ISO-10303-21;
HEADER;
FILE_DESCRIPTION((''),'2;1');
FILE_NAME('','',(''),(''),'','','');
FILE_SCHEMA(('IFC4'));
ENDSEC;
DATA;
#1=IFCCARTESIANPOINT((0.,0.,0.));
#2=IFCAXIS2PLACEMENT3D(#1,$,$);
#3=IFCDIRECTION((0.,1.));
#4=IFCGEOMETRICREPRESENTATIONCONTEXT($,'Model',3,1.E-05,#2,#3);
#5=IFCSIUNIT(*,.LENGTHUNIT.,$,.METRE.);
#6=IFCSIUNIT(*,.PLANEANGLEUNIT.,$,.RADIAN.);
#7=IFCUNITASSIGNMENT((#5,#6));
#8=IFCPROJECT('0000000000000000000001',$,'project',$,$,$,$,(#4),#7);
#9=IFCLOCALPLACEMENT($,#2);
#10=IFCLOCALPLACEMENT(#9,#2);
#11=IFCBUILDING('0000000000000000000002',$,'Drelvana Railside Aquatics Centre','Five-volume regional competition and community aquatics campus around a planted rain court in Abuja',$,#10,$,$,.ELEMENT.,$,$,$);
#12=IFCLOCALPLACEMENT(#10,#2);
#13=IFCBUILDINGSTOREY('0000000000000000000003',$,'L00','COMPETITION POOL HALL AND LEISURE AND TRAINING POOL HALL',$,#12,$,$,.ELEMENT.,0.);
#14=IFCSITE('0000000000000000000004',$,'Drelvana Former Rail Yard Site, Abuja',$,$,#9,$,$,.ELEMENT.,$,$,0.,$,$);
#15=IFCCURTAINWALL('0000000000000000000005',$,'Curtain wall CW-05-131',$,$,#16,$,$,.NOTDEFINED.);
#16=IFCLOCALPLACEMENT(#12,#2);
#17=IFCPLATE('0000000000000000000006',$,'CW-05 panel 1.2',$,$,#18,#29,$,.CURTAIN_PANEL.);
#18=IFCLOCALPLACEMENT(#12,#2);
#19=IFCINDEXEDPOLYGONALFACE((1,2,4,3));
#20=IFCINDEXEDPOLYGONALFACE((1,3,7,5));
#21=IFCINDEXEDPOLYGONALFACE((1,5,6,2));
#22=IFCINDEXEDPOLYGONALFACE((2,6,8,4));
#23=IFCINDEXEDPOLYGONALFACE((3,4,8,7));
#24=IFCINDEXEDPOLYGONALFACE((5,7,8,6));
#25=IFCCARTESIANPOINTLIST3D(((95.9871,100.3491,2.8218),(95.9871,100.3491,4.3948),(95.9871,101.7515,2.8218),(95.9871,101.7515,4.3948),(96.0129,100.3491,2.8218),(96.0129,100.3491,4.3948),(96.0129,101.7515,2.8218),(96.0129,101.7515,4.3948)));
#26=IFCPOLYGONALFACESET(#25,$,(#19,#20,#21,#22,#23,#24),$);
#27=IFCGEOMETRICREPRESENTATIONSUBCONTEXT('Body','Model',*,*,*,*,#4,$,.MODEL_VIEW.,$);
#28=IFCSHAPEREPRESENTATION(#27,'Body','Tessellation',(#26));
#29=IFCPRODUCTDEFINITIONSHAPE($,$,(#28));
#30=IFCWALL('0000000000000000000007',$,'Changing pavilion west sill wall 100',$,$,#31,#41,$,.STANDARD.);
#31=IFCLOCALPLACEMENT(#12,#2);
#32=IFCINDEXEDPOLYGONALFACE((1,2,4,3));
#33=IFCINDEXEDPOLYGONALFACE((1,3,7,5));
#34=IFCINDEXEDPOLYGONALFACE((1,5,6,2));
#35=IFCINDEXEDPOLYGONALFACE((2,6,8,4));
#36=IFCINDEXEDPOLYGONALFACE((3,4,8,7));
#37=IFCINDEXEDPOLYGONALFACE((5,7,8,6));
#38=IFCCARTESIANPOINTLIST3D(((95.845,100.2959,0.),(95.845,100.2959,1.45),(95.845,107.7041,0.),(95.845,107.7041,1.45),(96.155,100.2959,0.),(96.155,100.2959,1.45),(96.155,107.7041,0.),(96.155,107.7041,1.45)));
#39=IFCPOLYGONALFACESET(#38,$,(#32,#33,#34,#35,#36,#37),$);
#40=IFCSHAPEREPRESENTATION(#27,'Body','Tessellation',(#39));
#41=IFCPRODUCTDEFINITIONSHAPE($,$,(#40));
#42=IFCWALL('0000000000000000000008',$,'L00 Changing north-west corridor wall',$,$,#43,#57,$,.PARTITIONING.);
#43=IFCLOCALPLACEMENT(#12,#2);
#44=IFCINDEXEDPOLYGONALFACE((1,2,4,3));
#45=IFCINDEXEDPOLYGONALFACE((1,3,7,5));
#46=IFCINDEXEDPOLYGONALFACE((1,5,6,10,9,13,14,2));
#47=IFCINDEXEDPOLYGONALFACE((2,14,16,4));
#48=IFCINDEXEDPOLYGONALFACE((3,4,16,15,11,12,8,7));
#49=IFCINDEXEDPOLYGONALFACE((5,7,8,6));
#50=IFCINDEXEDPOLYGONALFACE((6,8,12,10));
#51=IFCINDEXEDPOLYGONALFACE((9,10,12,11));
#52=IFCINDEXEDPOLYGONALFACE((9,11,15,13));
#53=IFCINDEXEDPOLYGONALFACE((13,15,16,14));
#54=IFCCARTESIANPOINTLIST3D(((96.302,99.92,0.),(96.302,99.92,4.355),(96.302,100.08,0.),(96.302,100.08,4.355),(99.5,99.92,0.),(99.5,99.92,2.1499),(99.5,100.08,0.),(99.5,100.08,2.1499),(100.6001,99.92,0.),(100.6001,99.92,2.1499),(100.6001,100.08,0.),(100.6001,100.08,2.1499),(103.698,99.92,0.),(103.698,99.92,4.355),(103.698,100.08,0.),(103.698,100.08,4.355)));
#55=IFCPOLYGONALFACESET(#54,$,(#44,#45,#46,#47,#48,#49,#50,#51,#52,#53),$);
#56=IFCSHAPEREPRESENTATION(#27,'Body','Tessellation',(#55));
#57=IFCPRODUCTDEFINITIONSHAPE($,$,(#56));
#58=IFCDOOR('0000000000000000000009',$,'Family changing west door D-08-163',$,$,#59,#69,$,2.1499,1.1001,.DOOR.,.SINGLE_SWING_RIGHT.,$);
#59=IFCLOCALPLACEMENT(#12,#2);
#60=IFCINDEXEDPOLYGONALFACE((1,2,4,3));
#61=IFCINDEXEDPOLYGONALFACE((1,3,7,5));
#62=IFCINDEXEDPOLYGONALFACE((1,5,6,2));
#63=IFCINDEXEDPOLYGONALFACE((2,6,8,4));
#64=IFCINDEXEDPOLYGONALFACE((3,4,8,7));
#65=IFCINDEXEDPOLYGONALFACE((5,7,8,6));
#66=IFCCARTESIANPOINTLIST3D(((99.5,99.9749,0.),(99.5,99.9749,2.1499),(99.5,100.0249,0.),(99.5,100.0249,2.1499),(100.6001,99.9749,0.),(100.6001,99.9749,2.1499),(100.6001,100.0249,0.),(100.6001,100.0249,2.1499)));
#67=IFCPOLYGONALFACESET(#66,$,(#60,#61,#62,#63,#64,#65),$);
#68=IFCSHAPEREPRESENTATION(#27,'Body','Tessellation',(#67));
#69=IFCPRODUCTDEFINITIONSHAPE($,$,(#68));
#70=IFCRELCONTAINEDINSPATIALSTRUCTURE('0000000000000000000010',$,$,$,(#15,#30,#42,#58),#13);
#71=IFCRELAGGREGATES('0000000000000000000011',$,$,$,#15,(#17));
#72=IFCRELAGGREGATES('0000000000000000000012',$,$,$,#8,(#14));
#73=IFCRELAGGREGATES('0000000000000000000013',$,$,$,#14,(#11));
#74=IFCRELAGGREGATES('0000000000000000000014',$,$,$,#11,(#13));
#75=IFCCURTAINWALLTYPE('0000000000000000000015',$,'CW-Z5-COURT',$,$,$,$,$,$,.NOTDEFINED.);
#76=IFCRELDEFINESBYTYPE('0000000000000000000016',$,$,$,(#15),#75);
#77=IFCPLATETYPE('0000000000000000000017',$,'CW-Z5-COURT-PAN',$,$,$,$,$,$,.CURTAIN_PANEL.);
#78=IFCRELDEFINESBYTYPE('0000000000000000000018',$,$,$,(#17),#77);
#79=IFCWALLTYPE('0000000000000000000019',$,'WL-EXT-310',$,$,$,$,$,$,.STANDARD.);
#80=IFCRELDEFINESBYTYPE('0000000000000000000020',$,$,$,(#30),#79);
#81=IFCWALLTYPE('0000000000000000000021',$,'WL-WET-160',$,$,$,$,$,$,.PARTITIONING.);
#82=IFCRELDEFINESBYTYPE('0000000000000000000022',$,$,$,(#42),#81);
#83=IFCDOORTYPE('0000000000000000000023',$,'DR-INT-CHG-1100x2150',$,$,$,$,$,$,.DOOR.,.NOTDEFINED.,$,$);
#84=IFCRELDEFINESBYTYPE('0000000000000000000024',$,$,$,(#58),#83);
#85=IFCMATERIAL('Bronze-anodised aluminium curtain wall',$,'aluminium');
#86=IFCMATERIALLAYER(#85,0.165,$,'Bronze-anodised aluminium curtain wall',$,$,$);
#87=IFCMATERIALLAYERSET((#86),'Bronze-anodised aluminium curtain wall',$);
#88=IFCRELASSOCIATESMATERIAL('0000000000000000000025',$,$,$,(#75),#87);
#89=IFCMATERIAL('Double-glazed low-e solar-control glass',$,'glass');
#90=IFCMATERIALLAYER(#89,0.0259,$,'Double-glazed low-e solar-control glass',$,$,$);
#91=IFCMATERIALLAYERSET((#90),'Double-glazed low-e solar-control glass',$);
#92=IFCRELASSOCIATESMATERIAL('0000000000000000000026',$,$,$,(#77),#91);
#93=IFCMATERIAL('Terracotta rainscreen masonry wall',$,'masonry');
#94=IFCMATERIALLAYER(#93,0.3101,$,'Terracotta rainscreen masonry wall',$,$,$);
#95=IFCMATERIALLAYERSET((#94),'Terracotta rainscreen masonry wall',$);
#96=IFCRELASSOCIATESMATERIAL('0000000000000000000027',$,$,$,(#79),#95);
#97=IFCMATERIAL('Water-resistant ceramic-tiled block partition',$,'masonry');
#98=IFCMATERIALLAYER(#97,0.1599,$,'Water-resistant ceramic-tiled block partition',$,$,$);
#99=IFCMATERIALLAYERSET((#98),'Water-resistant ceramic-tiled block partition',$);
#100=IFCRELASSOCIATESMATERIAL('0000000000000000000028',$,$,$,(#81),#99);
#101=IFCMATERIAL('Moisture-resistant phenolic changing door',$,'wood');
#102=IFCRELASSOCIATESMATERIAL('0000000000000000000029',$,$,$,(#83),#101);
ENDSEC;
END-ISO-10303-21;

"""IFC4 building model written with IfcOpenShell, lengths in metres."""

from ifc_helpers import new_model, si_unit, direction, frame, frame_2d, origin, origin_2d, place, context, subcontext, project, spatial, rectangle, extrude, material, layer, layer_set, type_object, element, fill, aggregate, save


model = new_model("IFC4")

# Units and contexts
model_context = context("Model", 3, precision=1e-05, world=origin(), true_north=direction((0.0, 1.0)))
body_context = subcontext(model_context, "Body", "Model", "MODEL_VIEW")
ifc_project = project(units=[si_unit("LENGTHUNIT", "METRE"), si_unit("PLANEANGLEUNIT", "RADIAN")], contexts=[model_context])

# Site, building, storey
site_placement = place(None, origin())
site = spatial("IfcSite", under=ifc_project, at=site_placement, Name="Drelvana Former Rail Yard Site, Abuja", CompositionType="ELEMENT", RefElevation=0.0)
building_placement = place(site_placement, origin())
building = spatial("IfcBuilding", under=site, at=building_placement, Name="Drelvana Railside Aquatics Centre", Description="Five-volume regional competition and community aquatics campus around a planted rain court in Abuja", CompositionType="ELEMENT")
storey_placement = place(building_placement, origin())
storey = spatial("IfcBuildingStorey", under=building, at=storey_placement, Name="L00", Description="COMPETITION POOL HALL AND LEISURE AND TRAINING POOL HALL", CompositionType="ELEMENT", Elevation=0.0)

# Curtain wall
ifc_material_1 = material(Name="Bronze-anodised aluminium curtain wall", Category="aluminium")
ifc_layer_1 = layer(ifc_material_1, 0.165, Name="Bronze-anodised aluminium curtain wall")
ifc_layer_set_1 = layer_set([ifc_layer_1], Name="Bronze-anodised aluminium curtain wall")
curtain_wall_type = type_object("IfcCurtainWallType", Name="CW-Z5-COURT", PredefinedType="NOTDEFINED", material=ifc_layer_set_1)
curtain_wall_1_placement = place(storey_placement, origin())
curtain_wall_1 = element("IfcCurtainWall", 1, at=curtain_wall_1_placement, inside=storey, type_object=curtain_wall_type, Name="Curtain wall CW-05-131", PredefinedType="NOTDEFINED")

# Plate
ifc_material_2 = material(Name="Double-glazed low-e solar-control glass", Category="glass")
ifc_layer_2 = layer(ifc_material_2, 0.0259, Name="Double-glazed low-e solar-control glass")
ifc_layer_set_2 = layer_set([ifc_layer_2], Name="Double-glazed low-e solar-control glass")
plate_type = type_object("IfcPlateType", Name="CW-Z5-COURT-PAN", PredefinedType="CURTAIN_PANEL", material=ifc_layer_set_2)
plate_1_placement = place(storey_placement, frame((96.0, 101.0503, 2.8218), z_axis=(0.0, 0.0, 1.0), x_axis=(0.0, 1.0, 0.0)))
plate_1 = element("IfcPlate", 2, at=plate_1_placement, type_object=plate_type, Name="CW-05 panel 1.2", PredefinedType="CURTAIN_PANEL", context=body_context, shape_type="SweptSolid", body=[
    extrude(rectangle(XDim=1.4023, YDim=0.0259, at=origin_2d()), origin(), (0.0, 0.0, 1.0), 1.573),
])
aggregate(curtain_wall_1, [plate_1])

# Wall
ifc_material_3 = material(Name="Terracotta rainscreen masonry wall", Category="masonry")
ifc_layer_3 = layer(ifc_material_3, 0.3101, Name="Terracotta rainscreen masonry wall")
ifc_layer_set_3 = layer_set([ifc_layer_3], Name="Terracotta rainscreen masonry wall")
wall_type_1 = type_object("IfcWallType", Name="WL-EXT-310", PredefinedType="STANDARD", material=ifc_layer_set_3)
wall_1_placement = place(storey_placement, frame((96.0, 100.2959, 0.0), z_axis=(0.0, 0.0, 1.0), x_axis=(0.0, 1.0, 0.0)))
element("IfcWall", 3, at=wall_1_placement, inside=storey, type_object=wall_type_1, Name="Changing pavilion west sill wall 100", PredefinedType="STANDARD", context=body_context, shape_type="SweptSolid", body=[
    extrude(rectangle(XDim=7.4082, YDim=0.3101, at=frame_2d((3.7041, 0.0))), origin(), (0.0, 0.0, 1.0), 1.45),
])

# Wall, opening, door
ifc_material_4 = material(Name="Water-resistant ceramic-tiled block partition", Category="masonry")
ifc_layer_4 = layer(ifc_material_4, 0.1599, Name="Water-resistant ceramic-tiled block partition")
ifc_layer_set_4 = layer_set([ifc_layer_4], Name="Water-resistant ceramic-tiled block partition")
wall_type_2 = type_object("IfcWallType", Name="WL-WET-160", PredefinedType="PARTITIONING", material=ifc_layer_set_4)
wall_2_placement = place(storey_placement, frame((96.302, 100.0, 0.0), z_axis=(0.0, 0.0, 1.0), x_axis=(1.0, 0.0, 0.0)))
wall_2 = element("IfcWall", 4, at=wall_2_placement, inside=storey, type_object=wall_type_2, Name="L00 Changing north-west corridor wall", PredefinedType="PARTITIONING", context=body_context, shape_type="SweptSolid", body=[
    extrude(rectangle(XDim=7.396, YDim=0.1599, at=frame_2d((3.698, 0.0))), origin(), (0.0, 0.0, 1.0), 4.355),
])
opening_placement = place(wall_2_placement, frame((3.198, 0.0, 0.0)))
opening = element("IfcOpeningElement", 5, at=opening_placement, cuts=wall_2, PredefinedType="OPENING", context=body_context, shape_type="SweptSolid", body=[
    extrude(rectangle(XDim=1.1001, YDim=2.1499, at=frame_2d((0.55, 1.075))), frame((0.0, 0.0898, 0.0), z_axis=(0.0, -1.0, 0.0), x_axis=(1.0, 0.0, 0.0)), (0.0, 0.0, 1.0), 0.1799),
])
ifc_material_5 = material(Name="Moisture-resistant phenolic changing door", Category="wood")
door_type = type_object("IfcDoorType", Name="DR-INT-CHG-1100x2150", OperationType="NOTDEFINED", PredefinedType="DOOR", material=ifc_material_5)
door_placement = place(opening_placement, origin())
door = element("IfcDoor", 6, at=door_placement, inside=storey, type_object=door_type, Name="Family changing west door D-08-163", OperationType="SINGLE_SWING_RIGHT", OverallHeight=2.1499, OverallWidth=1.1001, PredefinedType="DOOR", context=body_context, shape_type="SweptSolid", body=[
    extrude(rectangle(XDim=1.1001, YDim=2.1499, at=frame_2d((0.55, 1.075))), frame((0.0, 0.0249, 0.0), z_axis=(0.0, -1.0, 0.0), x_axis=(1.0, 0.0, 0.0)), (0.0, 0.0, 1.0), 0.05),
])
fill(opening, door)

save(model, "model.ifc")
